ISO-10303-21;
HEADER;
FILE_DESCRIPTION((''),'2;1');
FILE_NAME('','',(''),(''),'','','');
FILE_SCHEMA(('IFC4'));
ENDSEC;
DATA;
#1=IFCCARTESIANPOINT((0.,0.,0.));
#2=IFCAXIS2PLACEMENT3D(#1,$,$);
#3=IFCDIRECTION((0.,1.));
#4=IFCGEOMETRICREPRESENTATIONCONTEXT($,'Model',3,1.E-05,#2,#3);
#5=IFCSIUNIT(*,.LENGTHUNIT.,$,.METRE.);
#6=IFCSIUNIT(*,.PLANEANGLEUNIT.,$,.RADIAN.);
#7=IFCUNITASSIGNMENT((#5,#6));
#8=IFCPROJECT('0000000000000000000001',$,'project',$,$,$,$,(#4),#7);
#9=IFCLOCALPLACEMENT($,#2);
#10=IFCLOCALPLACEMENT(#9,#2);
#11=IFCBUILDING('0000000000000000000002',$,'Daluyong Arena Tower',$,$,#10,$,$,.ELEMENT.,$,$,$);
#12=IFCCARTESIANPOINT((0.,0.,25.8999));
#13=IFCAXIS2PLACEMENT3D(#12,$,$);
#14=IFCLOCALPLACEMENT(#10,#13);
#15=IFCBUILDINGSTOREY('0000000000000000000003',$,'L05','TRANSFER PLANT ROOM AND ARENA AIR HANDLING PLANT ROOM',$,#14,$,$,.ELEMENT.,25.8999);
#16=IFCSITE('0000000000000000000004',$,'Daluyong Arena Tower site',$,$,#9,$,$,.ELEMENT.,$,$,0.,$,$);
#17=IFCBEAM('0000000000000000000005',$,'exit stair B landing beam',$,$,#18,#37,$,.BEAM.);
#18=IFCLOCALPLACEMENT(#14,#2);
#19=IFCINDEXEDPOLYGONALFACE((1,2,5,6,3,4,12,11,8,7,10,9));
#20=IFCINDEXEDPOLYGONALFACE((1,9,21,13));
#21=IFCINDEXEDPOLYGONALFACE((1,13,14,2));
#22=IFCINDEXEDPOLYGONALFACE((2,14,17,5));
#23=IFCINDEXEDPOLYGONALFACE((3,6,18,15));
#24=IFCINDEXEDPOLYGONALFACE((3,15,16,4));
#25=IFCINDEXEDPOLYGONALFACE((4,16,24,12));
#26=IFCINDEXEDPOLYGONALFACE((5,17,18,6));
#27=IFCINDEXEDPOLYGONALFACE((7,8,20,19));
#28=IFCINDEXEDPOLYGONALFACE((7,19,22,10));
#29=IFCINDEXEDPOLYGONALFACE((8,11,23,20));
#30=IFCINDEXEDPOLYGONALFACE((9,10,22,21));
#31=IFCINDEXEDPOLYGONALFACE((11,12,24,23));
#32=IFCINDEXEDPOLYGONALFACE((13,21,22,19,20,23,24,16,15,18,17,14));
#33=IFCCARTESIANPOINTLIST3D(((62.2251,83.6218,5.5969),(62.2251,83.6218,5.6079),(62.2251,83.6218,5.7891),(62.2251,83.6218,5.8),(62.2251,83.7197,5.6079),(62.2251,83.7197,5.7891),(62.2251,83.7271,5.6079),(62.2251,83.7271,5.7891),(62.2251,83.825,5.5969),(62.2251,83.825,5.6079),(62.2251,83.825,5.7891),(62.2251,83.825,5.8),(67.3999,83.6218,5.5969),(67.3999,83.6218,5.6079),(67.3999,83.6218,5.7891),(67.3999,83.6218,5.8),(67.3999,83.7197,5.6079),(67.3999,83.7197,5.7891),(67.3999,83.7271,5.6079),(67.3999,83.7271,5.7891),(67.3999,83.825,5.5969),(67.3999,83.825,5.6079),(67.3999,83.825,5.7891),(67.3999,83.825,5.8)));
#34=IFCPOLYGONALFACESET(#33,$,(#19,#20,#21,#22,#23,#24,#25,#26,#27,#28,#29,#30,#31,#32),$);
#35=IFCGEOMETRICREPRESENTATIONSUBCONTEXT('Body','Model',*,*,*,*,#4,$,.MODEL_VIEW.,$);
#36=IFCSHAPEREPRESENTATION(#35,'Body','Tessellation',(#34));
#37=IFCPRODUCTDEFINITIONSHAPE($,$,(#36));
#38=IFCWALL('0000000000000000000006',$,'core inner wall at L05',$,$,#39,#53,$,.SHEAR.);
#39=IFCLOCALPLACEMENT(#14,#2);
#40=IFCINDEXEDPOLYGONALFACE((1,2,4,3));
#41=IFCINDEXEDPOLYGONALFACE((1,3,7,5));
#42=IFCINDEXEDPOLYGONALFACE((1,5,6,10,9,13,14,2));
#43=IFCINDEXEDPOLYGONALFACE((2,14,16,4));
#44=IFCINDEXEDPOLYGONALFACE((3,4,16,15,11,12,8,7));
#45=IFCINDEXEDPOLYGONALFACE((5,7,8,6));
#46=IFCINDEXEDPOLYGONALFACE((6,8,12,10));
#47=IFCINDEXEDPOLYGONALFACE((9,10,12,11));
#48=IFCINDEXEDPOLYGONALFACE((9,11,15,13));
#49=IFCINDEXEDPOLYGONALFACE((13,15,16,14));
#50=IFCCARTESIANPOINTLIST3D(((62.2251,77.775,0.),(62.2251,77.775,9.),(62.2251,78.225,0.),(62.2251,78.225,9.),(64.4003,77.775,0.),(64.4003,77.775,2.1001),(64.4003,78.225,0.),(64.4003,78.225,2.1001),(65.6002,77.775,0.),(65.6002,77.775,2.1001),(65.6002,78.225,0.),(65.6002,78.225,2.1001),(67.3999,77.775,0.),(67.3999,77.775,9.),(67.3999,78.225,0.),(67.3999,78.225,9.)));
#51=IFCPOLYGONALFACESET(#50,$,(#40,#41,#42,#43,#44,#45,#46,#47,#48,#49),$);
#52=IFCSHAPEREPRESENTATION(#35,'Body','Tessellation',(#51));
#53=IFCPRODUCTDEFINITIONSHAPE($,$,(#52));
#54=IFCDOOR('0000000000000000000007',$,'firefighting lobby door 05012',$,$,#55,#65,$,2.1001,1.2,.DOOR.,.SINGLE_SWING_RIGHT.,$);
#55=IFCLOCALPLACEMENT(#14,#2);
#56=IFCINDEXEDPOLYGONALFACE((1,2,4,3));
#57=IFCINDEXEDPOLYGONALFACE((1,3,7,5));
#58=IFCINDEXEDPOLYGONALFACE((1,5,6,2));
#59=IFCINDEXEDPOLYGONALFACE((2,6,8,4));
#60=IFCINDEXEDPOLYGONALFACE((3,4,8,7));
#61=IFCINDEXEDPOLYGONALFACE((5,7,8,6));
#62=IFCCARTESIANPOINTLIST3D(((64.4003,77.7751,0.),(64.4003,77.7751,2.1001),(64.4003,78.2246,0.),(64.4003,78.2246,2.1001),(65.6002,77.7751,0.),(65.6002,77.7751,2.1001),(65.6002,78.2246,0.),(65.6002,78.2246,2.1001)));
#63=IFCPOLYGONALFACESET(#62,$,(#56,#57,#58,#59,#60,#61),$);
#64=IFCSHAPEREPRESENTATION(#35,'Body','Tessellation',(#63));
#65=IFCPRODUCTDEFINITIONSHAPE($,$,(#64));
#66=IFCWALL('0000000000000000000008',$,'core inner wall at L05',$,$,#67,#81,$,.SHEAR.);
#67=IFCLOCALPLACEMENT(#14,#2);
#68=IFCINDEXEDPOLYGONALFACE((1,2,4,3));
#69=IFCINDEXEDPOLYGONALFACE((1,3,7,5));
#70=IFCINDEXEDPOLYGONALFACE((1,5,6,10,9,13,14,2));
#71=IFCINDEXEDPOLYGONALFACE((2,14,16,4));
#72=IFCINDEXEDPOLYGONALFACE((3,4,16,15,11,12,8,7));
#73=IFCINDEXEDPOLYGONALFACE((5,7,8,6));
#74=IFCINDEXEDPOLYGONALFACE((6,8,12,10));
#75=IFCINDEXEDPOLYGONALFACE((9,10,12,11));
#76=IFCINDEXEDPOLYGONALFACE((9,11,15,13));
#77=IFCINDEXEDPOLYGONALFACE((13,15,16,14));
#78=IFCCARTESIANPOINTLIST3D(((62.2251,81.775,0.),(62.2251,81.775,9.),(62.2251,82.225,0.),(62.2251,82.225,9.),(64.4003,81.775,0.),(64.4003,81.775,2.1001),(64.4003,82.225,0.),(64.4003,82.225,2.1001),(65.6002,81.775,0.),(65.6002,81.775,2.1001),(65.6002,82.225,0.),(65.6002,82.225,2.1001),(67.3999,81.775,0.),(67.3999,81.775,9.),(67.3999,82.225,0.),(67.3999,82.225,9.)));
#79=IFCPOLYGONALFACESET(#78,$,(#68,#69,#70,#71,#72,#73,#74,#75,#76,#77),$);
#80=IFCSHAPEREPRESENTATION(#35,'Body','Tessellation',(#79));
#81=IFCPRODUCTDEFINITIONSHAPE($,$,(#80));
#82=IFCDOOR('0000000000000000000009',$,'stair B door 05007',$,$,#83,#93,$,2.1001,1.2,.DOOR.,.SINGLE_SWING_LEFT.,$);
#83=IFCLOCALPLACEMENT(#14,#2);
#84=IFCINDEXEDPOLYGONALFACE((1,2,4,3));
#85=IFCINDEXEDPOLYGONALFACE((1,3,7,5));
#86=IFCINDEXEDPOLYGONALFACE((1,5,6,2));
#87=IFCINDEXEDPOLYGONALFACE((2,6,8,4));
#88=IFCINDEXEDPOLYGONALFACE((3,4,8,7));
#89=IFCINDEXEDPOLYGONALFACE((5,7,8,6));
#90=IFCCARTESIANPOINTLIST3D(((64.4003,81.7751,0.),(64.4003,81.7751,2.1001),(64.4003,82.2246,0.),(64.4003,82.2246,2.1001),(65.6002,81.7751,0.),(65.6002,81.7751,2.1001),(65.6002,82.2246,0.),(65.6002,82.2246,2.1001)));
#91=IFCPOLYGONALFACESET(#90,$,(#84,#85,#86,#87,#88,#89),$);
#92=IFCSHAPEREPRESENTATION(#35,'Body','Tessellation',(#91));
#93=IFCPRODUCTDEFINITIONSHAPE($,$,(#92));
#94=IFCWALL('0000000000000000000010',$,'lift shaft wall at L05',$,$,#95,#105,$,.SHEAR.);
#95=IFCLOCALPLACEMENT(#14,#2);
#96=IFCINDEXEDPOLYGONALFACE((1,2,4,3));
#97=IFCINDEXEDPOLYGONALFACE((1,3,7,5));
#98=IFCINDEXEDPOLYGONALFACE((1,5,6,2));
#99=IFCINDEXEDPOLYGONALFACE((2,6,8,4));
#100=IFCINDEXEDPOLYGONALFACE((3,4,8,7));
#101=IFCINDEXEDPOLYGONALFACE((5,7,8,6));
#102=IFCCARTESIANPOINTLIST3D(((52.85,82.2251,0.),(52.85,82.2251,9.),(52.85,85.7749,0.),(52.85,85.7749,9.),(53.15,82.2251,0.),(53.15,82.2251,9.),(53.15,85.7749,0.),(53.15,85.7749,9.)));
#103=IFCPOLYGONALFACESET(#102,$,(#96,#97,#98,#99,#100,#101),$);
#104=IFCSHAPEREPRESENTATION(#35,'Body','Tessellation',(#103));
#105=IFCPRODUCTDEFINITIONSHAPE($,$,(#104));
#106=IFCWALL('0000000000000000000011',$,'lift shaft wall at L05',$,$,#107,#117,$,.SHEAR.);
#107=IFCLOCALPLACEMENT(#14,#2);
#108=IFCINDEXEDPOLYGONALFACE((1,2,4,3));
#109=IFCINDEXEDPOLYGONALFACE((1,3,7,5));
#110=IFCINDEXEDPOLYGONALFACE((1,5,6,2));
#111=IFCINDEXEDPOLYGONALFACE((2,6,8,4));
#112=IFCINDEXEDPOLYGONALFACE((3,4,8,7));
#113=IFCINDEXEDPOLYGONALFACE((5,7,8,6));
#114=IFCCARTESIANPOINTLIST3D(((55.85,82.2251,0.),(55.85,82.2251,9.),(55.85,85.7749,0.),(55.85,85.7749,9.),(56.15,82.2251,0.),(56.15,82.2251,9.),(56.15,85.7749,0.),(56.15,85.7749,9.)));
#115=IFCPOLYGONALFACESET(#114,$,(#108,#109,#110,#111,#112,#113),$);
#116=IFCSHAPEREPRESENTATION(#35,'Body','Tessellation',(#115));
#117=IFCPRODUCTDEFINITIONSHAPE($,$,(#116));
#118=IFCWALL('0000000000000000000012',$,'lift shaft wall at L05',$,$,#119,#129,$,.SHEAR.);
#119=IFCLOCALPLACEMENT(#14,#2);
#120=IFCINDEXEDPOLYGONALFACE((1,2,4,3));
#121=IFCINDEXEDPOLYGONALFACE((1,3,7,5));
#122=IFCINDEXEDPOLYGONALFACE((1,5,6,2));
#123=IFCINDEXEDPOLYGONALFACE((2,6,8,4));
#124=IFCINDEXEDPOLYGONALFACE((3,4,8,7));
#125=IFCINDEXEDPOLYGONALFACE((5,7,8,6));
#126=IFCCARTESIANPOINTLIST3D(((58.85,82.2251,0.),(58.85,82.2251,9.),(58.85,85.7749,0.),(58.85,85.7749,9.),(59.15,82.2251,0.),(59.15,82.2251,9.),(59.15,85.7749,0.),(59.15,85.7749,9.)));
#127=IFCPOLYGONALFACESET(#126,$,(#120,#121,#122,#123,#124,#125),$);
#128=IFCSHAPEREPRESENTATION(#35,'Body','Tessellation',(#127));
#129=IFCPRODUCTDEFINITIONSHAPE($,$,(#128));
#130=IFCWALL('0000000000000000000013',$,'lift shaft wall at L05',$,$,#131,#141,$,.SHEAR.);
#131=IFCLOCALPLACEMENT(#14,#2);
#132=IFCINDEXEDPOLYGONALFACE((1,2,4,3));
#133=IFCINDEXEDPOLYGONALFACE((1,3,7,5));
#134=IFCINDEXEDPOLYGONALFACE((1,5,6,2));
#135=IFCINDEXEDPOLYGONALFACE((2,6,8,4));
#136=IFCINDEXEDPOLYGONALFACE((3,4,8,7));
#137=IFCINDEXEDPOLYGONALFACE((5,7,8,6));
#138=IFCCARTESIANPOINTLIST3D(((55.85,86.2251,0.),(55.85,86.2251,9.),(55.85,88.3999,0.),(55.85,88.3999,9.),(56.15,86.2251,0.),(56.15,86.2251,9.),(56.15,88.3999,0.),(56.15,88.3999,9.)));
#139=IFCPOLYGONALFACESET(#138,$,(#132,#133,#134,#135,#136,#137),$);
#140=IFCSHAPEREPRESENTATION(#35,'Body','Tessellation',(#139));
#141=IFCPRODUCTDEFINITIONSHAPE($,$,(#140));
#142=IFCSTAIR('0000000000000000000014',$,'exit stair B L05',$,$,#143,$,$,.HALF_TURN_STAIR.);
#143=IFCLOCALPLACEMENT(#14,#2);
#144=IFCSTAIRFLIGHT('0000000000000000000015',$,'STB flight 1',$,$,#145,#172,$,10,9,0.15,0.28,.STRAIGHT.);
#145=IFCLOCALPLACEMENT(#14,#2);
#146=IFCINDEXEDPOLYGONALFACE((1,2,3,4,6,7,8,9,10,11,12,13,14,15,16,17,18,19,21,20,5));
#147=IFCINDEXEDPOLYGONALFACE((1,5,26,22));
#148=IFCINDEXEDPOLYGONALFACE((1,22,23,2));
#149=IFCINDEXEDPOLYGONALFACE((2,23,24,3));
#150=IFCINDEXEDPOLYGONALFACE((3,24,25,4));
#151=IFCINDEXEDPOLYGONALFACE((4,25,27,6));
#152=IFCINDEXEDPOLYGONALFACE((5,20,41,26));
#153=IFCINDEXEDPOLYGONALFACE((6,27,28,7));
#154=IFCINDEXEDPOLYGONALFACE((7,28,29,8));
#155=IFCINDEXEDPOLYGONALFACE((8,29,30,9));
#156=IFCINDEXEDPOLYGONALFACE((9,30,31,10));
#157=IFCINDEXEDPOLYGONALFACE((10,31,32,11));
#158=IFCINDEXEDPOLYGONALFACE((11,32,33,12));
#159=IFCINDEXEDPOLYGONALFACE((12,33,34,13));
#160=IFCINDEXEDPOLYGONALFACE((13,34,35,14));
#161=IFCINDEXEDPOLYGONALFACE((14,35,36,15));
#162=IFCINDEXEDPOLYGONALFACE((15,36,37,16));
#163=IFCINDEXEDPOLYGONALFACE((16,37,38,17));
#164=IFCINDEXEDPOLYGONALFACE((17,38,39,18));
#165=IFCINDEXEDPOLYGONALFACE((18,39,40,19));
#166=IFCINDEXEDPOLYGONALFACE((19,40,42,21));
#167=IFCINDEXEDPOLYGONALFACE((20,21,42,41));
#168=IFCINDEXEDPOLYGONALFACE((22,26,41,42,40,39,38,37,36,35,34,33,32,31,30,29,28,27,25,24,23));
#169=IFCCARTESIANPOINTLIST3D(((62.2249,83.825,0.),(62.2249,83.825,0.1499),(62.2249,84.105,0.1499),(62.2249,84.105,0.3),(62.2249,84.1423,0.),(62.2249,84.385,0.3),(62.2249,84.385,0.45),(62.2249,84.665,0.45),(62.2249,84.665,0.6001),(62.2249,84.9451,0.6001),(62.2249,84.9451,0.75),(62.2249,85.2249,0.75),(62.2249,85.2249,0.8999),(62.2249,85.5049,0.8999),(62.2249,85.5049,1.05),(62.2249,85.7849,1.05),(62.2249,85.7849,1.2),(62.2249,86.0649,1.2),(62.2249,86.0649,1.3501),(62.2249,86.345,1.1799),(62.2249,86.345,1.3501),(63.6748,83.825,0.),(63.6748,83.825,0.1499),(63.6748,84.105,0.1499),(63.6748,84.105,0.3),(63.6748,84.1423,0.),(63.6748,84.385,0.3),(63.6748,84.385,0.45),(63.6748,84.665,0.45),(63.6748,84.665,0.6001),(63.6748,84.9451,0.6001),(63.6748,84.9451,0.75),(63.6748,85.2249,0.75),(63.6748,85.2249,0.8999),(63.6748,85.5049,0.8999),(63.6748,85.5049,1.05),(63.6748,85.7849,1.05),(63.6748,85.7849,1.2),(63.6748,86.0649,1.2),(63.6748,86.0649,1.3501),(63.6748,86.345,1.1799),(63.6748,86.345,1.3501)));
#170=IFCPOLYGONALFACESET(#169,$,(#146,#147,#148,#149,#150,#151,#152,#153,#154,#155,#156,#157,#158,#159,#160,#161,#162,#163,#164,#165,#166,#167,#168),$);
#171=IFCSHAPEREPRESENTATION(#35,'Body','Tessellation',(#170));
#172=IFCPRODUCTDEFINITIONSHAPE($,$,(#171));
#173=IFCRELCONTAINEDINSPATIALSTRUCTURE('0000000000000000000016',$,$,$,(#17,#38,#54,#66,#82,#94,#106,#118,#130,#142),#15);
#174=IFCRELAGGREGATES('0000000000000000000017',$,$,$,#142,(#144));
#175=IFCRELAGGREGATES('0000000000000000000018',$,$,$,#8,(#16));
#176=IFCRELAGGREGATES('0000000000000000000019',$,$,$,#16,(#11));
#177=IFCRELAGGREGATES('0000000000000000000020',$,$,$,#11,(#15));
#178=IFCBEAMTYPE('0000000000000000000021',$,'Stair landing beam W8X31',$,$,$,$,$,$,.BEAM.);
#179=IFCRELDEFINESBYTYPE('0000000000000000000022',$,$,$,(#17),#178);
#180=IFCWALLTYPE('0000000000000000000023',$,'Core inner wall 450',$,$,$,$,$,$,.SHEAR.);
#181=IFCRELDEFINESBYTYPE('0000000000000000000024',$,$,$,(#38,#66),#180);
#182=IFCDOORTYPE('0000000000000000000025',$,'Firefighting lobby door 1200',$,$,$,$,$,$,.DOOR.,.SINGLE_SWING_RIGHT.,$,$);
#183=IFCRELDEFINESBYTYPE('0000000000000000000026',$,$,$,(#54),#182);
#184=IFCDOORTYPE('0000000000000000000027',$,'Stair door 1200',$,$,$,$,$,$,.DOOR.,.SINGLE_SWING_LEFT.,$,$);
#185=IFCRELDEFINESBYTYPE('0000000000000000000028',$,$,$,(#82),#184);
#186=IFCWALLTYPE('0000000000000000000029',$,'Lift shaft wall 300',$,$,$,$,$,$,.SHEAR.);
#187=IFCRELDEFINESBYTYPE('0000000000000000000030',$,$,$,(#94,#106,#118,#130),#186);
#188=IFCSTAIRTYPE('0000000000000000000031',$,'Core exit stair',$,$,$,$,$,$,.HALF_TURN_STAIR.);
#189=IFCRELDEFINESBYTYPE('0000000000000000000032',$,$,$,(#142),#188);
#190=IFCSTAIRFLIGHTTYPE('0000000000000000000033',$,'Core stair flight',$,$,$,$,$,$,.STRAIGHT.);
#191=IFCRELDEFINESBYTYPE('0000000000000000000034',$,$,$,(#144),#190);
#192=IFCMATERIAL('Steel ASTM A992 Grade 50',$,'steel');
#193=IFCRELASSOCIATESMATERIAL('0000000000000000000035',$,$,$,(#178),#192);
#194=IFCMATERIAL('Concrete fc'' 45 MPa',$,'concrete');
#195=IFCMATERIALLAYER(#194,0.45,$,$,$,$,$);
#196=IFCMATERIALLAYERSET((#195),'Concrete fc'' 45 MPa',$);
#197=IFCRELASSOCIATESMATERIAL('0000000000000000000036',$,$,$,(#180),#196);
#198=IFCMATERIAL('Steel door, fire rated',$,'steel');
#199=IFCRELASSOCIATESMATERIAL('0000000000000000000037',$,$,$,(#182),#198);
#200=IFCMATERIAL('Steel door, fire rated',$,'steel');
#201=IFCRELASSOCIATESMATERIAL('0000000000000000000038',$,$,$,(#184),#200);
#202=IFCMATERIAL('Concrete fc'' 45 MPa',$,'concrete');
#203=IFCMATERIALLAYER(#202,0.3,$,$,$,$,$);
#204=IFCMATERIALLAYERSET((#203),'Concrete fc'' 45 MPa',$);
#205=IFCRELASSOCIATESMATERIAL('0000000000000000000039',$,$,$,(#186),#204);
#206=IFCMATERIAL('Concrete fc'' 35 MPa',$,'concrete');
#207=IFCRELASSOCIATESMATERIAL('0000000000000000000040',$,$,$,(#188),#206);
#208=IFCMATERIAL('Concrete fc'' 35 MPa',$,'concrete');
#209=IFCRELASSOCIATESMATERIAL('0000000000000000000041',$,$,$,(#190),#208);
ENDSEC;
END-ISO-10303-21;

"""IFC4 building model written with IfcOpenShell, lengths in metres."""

from ifc_helpers import new_model, si_unit, direction, frame, frame_2d, origin, origin_2d, place, context, subcontext, project, spatial, polyline, rectangle, i_section, outline, extrude, material, layer, layer_set, material_profile, profile_set, type_object, element, fill, aggregate, save


model = new_model("IFC4")

# Units and contexts
model_context = context("Model", 3, precision=1e-05, world=origin(), true_north=direction((0.0, 1.0)))
body_context = subcontext(model_context, "Body", "Model", "MODEL_VIEW")
ifc_project = project(units=[si_unit("LENGTHUNIT", "METRE"), si_unit("PLANEANGLEUNIT", "RADIAN")], contexts=[model_context])

# Site, building, storey
site_placement = place(None, origin())
site = spatial("IfcSite", under=ifc_project, at=site_placement, Name="Daluyong Arena Tower site", CompositionType="ELEMENT", RefElevation=0.0)
building_placement = place(site_placement, origin())
building = spatial("IfcBuilding", under=site, at=building_placement, Name="Daluyong Arena Tower", CompositionType="ELEMENT")
storey_placement = place(building_placement, frame((0.0, 0.0, 25.8999)))
storey = spatial("IfcBuildingStorey", under=building, at=storey_placement, Name="L05", Description="TRANSFER PLANT ROOM AND ARENA AIR HANDLING PLANT ROOM", CompositionType="ELEMENT", Elevation=25.8999)

# Beam
ifc_material_1 = material(Name="Steel ASTM A992 Grade 50", Category="steel")
ifc_material_profile_1 = material_profile(ifc_material_1, i_section(OverallWidth=0.2031, OverallDepth=0.2031, WebThickness=0.0073, FlangeThickness=0.011, at=origin_2d()))
ifc_profile_set_1 = profile_set([ifc_material_profile_1], Name="Steel ASTM A992 Grade 50")
beam_type_1 = type_object("IfcBeamType", Name="Stair landing beam W8X31", PredefinedType="BEAM", material=ifc_profile_set_1)
for number, where, z_axis, x_axis, name in (
    (1, (62.2251, 83.7234, 5.6985), (1.0, 0.0, 0.0), (0.0, 1.0, 0.0), "exit stair B landing beam"),
):
    element("IfcBeam", number, at=place(storey_placement, frame(where, z_axis=z_axis, x_axis=x_axis)), inside=storey, type_object=beam_type_1, Name=name, PredefinedType="BEAM", context=body_context, shape_type="SweptSolid", body=[
        extrude(i_section(OverallWidth=0.2031, OverallDepth=0.2031, WebThickness=0.0073, FlangeThickness=0.011, at=origin_2d()), origin(), (0.0, 0.0, 1.0), 5.1748),
    ])

# Walls, openings, doors
ifc_material_2 = material(Name="Concrete fc' 45 MPa", Category="concrete")
ifc_layer_1 = layer(ifc_material_2, 0.45)
ifc_layer_set_1 = layer_set([ifc_layer_1], Name="Concrete fc' 45 MPa")
wall_type_1 = type_object("IfcWallType", Name="Core inner wall 450", PredefinedType="SHEAR", material=ifc_layer_set_1)
wall_1_placement = place(storey_placement, frame((62.2251, 78.0, 0.0), z_axis=(0.0, 0.0, 1.0), x_axis=(1.0, 0.0, 0.0)))
wall_1 = element("IfcWall", 2, at=wall_1_placement, inside=storey, type_object=wall_type_1, Name="core inner wall at L05", PredefinedType="SHEAR", context=body_context, shape_type="SweptSolid", body=[
    extrude(rectangle(XDim=5.1748, YDim=0.45, at=frame_2d((2.5874, 0.0))), origin(), (0.0, 0.0, 1.0), 9.0),
])
opening_1_placement = place(wall_1_placement, frame((2.175, 0.0, 0.0)))
opening_1 = element("IfcOpeningElement", 3, at=opening_1_placement, cuts=wall_1, PredefinedType="OPENING", context=body_context, shape_type="SweptSolid", body=[
    extrude(rectangle(XDim=1.2, YDim=2.1001, at=frame_2d((0.6001, 1.05))), frame((0.0, 0.2349, 0.0), z_axis=(0.0, -1.0, 0.0), x_axis=(1.0, 0.0, 0.0)), (0.0, 0.0, 1.0), 0.47),
])
ifc_material_3 = material(Name="Steel door, fire rated", Category="steel")
door_type_1 = type_object("IfcDoorType", Name="Firefighting lobby door 1200", OperationType="SINGLE_SWING_RIGHT", PredefinedType="DOOR", material=ifc_material_3)
door_1_placement = place(opening_1_placement, origin())
door_1 = element("IfcDoor", 4, at=door_1_placement, inside=storey, type_object=door_type_1, Name="firefighting lobby door 05012", OperationType="SINGLE_SWING_RIGHT", OverallHeight=2.1001, OverallWidth=1.2, PredefinedType="DOOR", context=body_context, shape_type="SweptSolid", body=[
    extrude(rectangle(XDim=1.2, YDim=2.1001, at=frame_2d((0.6001, 1.05))), frame((0.0, 0.2246, 0.0), z_axis=(0.0, -1.0, 0.0), x_axis=(1.0, 0.0, 0.0)), (0.0, 0.0, 1.0), 0.4495),
])
fill(opening_1, door_1)
wall_2_placement = place(storey_placement, frame((62.2251, 82.0, 0.0), z_axis=(0.0, 0.0, 1.0), x_axis=(1.0, 0.0, 0.0)))
wall_2 = element("IfcWall", 5, at=wall_2_placement, inside=storey, type_object=wall_type_1, Name="core inner wall at L05", PredefinedType="SHEAR", context=body_context, shape_type="SweptSolid", body=[
    extrude(rectangle(XDim=5.1748, YDim=0.45, at=frame_2d((2.5874, 0.0))), origin(), (0.0, 0.0, 1.0), 9.0),
])
opening_2_placement = place(wall_2_placement, frame((2.175, 0.0, 0.0)))
opening_2 = element("IfcOpeningElement", 6, at=opening_2_placement, cuts=wall_2, PredefinedType="OPENING", context=body_context, shape_type="SweptSolid", body=[
    extrude(rectangle(XDim=1.2, YDim=2.1001, at=frame_2d((0.6001, 1.05))), frame((0.0, 0.2349, 0.0), z_axis=(0.0, -1.0, 0.0), x_axis=(1.0, 0.0, 0.0)), (0.0, 0.0, 1.0), 0.47),
])
ifc_material_4 = material(Name="Steel door, fire rated", Category="steel")
door_type_2 = type_object("IfcDoorType", Name="Stair door 1200", OperationType="SINGLE_SWING_LEFT", PredefinedType="DOOR", material=ifc_material_4)
door_2_placement = place(opening_2_placement, origin())
door_2 = element("IfcDoor", 7, at=door_2_placement, inside=storey, type_object=door_type_2, Name="stair B door 05007", OperationType="SINGLE_SWING_LEFT", OverallHeight=2.1001, OverallWidth=1.2, PredefinedType="DOOR", context=body_context, shape_type="SweptSolid", body=[
    extrude(rectangle(XDim=1.2, YDim=2.1001, at=frame_2d((0.6001, 1.05))), frame((0.0, 0.2246, 0.0), z_axis=(0.0, -1.0, 0.0), x_axis=(1.0, 0.0, 0.0)), (0.0, 0.0, 1.0), 0.4495),
])
fill(opening_2, door_2)

# Walls
ifc_material_5 = material(Name="Concrete fc' 45 MPa", Category="concrete")
ifc_layer_2 = layer(ifc_material_5, 0.3)
ifc_layer_set_2 = layer_set([ifc_layer_2], Name="Concrete fc' 45 MPa")
wall_type_2 = type_object("IfcWallType", Name="Lift shaft wall 300", PredefinedType="SHEAR", material=ifc_layer_set_2)
for number, where, z_axis, x_axis, name in (
    (8, (53.0, 82.2251, 0.0), (0.0, 0.0, 1.0), (0.0, 1.0, 0.0), "lift shaft wall at L05"),
    (9, (56.0, 82.2251, 0.0), (0.0, 0.0, 1.0), (0.0, 1.0, 0.0), "lift shaft wall at L05"),
    (10, (59.0, 82.2251, 0.0), (0.0, 0.0, 1.0), (0.0, 1.0, 0.0), "lift shaft wall at L05"),
):
    element("IfcWall", number, at=place(storey_placement, frame(where, z_axis=z_axis, x_axis=x_axis)), inside=storey, type_object=wall_type_2, Name=name, PredefinedType="SHEAR", context=body_context, shape_type="SweptSolid", body=[
        extrude(rectangle(XDim=3.5498, YDim=0.3, at=frame_2d((1.7749, 0.0))), origin(), (0.0, 0.0, 1.0), 9.0),
    ])
wall_3_placement = place(storey_placement, frame((56.0, 86.2251, 0.0), z_axis=(0.0, 0.0, 1.0), x_axis=(0.0, 1.0, 0.0)))
element("IfcWall", 11, at=wall_3_placement, inside=storey, type_object=wall_type_2, Name="lift shaft wall at L05", PredefinedType="SHEAR", context=body_context, shape_type="SweptSolid", body=[
    extrude(rectangle(XDim=2.1748, YDim=0.3, at=frame_2d((1.0874, 0.0))), origin(), (0.0, 0.0, 1.0), 9.0),
])

# Stair, stair flight
ifc_material_6 = material(Name="Concrete fc' 35 MPa", Category="concrete")
stair_type = type_object("IfcStairType", Name="Core exit stair", PredefinedType="HALF_TURN_STAIR", material=ifc_material_6)
stair_placement = place(storey_placement, origin())
stair = element("IfcStair", 12, at=stair_placement, inside=storey, type_object=stair_type, Name="exit stair B L05", PredefinedType="HALF_TURN_STAIR")
ifc_material_7 = material(Name="Concrete fc' 35 MPa", Category="concrete")
stair_flight_type = type_object("IfcStairFlightType", Name="Core stair flight", PredefinedType="STRAIGHT", material=ifc_material_7)
stair_flight_placement = place(storey_placement, frame((62.95, 83.825, 0.0), z_axis=(0.0, 0.0, 1.0), x_axis=(0.0, 1.0, 0.0)))
stair_flight = element("IfcStairFlight", 13, at=stair_flight_placement, type_object=stair_flight_type, Name="STB flight 1", NumberOfRisers=10, NumberOfTreads=9, PredefinedType="STRAIGHT", RiserHeight=0.15, TreadLength=0.28, context=body_context, shape_type="SweptSolid", body=[
    extrude(outline(polyline([(0.0, 0.0), (0.0, 0.1499), (0.28, 0.1499), (0.28, 0.3), (0.5601, 0.3), (0.5601, 0.45), (0.8401, 0.45), (0.8401, 0.6001), (1.1201, 0.6001), (1.1201, 0.75), (1.3999, 0.75), (1.3999, 0.8999), (1.6799, 0.8999), (1.6799, 1.05), (1.96, 1.05), (1.96, 1.2), (2.24, 1.2), (2.24, 1.3501), (2.52, 1.3501), (2.52, 1.5), (2.52, 1.1799), (0.3174, 0.0), (0.0, 0.0)])), frame((0.0, 0.7251, 0.0), z_axis=(0.0, -1.0, 0.0), x_axis=(1.0, 0.0, 0.0)), (0.0, 0.0, 1.0), 1.45),
])
aggregate(stair, [stair_flight])

save(model, "model.ifc")
